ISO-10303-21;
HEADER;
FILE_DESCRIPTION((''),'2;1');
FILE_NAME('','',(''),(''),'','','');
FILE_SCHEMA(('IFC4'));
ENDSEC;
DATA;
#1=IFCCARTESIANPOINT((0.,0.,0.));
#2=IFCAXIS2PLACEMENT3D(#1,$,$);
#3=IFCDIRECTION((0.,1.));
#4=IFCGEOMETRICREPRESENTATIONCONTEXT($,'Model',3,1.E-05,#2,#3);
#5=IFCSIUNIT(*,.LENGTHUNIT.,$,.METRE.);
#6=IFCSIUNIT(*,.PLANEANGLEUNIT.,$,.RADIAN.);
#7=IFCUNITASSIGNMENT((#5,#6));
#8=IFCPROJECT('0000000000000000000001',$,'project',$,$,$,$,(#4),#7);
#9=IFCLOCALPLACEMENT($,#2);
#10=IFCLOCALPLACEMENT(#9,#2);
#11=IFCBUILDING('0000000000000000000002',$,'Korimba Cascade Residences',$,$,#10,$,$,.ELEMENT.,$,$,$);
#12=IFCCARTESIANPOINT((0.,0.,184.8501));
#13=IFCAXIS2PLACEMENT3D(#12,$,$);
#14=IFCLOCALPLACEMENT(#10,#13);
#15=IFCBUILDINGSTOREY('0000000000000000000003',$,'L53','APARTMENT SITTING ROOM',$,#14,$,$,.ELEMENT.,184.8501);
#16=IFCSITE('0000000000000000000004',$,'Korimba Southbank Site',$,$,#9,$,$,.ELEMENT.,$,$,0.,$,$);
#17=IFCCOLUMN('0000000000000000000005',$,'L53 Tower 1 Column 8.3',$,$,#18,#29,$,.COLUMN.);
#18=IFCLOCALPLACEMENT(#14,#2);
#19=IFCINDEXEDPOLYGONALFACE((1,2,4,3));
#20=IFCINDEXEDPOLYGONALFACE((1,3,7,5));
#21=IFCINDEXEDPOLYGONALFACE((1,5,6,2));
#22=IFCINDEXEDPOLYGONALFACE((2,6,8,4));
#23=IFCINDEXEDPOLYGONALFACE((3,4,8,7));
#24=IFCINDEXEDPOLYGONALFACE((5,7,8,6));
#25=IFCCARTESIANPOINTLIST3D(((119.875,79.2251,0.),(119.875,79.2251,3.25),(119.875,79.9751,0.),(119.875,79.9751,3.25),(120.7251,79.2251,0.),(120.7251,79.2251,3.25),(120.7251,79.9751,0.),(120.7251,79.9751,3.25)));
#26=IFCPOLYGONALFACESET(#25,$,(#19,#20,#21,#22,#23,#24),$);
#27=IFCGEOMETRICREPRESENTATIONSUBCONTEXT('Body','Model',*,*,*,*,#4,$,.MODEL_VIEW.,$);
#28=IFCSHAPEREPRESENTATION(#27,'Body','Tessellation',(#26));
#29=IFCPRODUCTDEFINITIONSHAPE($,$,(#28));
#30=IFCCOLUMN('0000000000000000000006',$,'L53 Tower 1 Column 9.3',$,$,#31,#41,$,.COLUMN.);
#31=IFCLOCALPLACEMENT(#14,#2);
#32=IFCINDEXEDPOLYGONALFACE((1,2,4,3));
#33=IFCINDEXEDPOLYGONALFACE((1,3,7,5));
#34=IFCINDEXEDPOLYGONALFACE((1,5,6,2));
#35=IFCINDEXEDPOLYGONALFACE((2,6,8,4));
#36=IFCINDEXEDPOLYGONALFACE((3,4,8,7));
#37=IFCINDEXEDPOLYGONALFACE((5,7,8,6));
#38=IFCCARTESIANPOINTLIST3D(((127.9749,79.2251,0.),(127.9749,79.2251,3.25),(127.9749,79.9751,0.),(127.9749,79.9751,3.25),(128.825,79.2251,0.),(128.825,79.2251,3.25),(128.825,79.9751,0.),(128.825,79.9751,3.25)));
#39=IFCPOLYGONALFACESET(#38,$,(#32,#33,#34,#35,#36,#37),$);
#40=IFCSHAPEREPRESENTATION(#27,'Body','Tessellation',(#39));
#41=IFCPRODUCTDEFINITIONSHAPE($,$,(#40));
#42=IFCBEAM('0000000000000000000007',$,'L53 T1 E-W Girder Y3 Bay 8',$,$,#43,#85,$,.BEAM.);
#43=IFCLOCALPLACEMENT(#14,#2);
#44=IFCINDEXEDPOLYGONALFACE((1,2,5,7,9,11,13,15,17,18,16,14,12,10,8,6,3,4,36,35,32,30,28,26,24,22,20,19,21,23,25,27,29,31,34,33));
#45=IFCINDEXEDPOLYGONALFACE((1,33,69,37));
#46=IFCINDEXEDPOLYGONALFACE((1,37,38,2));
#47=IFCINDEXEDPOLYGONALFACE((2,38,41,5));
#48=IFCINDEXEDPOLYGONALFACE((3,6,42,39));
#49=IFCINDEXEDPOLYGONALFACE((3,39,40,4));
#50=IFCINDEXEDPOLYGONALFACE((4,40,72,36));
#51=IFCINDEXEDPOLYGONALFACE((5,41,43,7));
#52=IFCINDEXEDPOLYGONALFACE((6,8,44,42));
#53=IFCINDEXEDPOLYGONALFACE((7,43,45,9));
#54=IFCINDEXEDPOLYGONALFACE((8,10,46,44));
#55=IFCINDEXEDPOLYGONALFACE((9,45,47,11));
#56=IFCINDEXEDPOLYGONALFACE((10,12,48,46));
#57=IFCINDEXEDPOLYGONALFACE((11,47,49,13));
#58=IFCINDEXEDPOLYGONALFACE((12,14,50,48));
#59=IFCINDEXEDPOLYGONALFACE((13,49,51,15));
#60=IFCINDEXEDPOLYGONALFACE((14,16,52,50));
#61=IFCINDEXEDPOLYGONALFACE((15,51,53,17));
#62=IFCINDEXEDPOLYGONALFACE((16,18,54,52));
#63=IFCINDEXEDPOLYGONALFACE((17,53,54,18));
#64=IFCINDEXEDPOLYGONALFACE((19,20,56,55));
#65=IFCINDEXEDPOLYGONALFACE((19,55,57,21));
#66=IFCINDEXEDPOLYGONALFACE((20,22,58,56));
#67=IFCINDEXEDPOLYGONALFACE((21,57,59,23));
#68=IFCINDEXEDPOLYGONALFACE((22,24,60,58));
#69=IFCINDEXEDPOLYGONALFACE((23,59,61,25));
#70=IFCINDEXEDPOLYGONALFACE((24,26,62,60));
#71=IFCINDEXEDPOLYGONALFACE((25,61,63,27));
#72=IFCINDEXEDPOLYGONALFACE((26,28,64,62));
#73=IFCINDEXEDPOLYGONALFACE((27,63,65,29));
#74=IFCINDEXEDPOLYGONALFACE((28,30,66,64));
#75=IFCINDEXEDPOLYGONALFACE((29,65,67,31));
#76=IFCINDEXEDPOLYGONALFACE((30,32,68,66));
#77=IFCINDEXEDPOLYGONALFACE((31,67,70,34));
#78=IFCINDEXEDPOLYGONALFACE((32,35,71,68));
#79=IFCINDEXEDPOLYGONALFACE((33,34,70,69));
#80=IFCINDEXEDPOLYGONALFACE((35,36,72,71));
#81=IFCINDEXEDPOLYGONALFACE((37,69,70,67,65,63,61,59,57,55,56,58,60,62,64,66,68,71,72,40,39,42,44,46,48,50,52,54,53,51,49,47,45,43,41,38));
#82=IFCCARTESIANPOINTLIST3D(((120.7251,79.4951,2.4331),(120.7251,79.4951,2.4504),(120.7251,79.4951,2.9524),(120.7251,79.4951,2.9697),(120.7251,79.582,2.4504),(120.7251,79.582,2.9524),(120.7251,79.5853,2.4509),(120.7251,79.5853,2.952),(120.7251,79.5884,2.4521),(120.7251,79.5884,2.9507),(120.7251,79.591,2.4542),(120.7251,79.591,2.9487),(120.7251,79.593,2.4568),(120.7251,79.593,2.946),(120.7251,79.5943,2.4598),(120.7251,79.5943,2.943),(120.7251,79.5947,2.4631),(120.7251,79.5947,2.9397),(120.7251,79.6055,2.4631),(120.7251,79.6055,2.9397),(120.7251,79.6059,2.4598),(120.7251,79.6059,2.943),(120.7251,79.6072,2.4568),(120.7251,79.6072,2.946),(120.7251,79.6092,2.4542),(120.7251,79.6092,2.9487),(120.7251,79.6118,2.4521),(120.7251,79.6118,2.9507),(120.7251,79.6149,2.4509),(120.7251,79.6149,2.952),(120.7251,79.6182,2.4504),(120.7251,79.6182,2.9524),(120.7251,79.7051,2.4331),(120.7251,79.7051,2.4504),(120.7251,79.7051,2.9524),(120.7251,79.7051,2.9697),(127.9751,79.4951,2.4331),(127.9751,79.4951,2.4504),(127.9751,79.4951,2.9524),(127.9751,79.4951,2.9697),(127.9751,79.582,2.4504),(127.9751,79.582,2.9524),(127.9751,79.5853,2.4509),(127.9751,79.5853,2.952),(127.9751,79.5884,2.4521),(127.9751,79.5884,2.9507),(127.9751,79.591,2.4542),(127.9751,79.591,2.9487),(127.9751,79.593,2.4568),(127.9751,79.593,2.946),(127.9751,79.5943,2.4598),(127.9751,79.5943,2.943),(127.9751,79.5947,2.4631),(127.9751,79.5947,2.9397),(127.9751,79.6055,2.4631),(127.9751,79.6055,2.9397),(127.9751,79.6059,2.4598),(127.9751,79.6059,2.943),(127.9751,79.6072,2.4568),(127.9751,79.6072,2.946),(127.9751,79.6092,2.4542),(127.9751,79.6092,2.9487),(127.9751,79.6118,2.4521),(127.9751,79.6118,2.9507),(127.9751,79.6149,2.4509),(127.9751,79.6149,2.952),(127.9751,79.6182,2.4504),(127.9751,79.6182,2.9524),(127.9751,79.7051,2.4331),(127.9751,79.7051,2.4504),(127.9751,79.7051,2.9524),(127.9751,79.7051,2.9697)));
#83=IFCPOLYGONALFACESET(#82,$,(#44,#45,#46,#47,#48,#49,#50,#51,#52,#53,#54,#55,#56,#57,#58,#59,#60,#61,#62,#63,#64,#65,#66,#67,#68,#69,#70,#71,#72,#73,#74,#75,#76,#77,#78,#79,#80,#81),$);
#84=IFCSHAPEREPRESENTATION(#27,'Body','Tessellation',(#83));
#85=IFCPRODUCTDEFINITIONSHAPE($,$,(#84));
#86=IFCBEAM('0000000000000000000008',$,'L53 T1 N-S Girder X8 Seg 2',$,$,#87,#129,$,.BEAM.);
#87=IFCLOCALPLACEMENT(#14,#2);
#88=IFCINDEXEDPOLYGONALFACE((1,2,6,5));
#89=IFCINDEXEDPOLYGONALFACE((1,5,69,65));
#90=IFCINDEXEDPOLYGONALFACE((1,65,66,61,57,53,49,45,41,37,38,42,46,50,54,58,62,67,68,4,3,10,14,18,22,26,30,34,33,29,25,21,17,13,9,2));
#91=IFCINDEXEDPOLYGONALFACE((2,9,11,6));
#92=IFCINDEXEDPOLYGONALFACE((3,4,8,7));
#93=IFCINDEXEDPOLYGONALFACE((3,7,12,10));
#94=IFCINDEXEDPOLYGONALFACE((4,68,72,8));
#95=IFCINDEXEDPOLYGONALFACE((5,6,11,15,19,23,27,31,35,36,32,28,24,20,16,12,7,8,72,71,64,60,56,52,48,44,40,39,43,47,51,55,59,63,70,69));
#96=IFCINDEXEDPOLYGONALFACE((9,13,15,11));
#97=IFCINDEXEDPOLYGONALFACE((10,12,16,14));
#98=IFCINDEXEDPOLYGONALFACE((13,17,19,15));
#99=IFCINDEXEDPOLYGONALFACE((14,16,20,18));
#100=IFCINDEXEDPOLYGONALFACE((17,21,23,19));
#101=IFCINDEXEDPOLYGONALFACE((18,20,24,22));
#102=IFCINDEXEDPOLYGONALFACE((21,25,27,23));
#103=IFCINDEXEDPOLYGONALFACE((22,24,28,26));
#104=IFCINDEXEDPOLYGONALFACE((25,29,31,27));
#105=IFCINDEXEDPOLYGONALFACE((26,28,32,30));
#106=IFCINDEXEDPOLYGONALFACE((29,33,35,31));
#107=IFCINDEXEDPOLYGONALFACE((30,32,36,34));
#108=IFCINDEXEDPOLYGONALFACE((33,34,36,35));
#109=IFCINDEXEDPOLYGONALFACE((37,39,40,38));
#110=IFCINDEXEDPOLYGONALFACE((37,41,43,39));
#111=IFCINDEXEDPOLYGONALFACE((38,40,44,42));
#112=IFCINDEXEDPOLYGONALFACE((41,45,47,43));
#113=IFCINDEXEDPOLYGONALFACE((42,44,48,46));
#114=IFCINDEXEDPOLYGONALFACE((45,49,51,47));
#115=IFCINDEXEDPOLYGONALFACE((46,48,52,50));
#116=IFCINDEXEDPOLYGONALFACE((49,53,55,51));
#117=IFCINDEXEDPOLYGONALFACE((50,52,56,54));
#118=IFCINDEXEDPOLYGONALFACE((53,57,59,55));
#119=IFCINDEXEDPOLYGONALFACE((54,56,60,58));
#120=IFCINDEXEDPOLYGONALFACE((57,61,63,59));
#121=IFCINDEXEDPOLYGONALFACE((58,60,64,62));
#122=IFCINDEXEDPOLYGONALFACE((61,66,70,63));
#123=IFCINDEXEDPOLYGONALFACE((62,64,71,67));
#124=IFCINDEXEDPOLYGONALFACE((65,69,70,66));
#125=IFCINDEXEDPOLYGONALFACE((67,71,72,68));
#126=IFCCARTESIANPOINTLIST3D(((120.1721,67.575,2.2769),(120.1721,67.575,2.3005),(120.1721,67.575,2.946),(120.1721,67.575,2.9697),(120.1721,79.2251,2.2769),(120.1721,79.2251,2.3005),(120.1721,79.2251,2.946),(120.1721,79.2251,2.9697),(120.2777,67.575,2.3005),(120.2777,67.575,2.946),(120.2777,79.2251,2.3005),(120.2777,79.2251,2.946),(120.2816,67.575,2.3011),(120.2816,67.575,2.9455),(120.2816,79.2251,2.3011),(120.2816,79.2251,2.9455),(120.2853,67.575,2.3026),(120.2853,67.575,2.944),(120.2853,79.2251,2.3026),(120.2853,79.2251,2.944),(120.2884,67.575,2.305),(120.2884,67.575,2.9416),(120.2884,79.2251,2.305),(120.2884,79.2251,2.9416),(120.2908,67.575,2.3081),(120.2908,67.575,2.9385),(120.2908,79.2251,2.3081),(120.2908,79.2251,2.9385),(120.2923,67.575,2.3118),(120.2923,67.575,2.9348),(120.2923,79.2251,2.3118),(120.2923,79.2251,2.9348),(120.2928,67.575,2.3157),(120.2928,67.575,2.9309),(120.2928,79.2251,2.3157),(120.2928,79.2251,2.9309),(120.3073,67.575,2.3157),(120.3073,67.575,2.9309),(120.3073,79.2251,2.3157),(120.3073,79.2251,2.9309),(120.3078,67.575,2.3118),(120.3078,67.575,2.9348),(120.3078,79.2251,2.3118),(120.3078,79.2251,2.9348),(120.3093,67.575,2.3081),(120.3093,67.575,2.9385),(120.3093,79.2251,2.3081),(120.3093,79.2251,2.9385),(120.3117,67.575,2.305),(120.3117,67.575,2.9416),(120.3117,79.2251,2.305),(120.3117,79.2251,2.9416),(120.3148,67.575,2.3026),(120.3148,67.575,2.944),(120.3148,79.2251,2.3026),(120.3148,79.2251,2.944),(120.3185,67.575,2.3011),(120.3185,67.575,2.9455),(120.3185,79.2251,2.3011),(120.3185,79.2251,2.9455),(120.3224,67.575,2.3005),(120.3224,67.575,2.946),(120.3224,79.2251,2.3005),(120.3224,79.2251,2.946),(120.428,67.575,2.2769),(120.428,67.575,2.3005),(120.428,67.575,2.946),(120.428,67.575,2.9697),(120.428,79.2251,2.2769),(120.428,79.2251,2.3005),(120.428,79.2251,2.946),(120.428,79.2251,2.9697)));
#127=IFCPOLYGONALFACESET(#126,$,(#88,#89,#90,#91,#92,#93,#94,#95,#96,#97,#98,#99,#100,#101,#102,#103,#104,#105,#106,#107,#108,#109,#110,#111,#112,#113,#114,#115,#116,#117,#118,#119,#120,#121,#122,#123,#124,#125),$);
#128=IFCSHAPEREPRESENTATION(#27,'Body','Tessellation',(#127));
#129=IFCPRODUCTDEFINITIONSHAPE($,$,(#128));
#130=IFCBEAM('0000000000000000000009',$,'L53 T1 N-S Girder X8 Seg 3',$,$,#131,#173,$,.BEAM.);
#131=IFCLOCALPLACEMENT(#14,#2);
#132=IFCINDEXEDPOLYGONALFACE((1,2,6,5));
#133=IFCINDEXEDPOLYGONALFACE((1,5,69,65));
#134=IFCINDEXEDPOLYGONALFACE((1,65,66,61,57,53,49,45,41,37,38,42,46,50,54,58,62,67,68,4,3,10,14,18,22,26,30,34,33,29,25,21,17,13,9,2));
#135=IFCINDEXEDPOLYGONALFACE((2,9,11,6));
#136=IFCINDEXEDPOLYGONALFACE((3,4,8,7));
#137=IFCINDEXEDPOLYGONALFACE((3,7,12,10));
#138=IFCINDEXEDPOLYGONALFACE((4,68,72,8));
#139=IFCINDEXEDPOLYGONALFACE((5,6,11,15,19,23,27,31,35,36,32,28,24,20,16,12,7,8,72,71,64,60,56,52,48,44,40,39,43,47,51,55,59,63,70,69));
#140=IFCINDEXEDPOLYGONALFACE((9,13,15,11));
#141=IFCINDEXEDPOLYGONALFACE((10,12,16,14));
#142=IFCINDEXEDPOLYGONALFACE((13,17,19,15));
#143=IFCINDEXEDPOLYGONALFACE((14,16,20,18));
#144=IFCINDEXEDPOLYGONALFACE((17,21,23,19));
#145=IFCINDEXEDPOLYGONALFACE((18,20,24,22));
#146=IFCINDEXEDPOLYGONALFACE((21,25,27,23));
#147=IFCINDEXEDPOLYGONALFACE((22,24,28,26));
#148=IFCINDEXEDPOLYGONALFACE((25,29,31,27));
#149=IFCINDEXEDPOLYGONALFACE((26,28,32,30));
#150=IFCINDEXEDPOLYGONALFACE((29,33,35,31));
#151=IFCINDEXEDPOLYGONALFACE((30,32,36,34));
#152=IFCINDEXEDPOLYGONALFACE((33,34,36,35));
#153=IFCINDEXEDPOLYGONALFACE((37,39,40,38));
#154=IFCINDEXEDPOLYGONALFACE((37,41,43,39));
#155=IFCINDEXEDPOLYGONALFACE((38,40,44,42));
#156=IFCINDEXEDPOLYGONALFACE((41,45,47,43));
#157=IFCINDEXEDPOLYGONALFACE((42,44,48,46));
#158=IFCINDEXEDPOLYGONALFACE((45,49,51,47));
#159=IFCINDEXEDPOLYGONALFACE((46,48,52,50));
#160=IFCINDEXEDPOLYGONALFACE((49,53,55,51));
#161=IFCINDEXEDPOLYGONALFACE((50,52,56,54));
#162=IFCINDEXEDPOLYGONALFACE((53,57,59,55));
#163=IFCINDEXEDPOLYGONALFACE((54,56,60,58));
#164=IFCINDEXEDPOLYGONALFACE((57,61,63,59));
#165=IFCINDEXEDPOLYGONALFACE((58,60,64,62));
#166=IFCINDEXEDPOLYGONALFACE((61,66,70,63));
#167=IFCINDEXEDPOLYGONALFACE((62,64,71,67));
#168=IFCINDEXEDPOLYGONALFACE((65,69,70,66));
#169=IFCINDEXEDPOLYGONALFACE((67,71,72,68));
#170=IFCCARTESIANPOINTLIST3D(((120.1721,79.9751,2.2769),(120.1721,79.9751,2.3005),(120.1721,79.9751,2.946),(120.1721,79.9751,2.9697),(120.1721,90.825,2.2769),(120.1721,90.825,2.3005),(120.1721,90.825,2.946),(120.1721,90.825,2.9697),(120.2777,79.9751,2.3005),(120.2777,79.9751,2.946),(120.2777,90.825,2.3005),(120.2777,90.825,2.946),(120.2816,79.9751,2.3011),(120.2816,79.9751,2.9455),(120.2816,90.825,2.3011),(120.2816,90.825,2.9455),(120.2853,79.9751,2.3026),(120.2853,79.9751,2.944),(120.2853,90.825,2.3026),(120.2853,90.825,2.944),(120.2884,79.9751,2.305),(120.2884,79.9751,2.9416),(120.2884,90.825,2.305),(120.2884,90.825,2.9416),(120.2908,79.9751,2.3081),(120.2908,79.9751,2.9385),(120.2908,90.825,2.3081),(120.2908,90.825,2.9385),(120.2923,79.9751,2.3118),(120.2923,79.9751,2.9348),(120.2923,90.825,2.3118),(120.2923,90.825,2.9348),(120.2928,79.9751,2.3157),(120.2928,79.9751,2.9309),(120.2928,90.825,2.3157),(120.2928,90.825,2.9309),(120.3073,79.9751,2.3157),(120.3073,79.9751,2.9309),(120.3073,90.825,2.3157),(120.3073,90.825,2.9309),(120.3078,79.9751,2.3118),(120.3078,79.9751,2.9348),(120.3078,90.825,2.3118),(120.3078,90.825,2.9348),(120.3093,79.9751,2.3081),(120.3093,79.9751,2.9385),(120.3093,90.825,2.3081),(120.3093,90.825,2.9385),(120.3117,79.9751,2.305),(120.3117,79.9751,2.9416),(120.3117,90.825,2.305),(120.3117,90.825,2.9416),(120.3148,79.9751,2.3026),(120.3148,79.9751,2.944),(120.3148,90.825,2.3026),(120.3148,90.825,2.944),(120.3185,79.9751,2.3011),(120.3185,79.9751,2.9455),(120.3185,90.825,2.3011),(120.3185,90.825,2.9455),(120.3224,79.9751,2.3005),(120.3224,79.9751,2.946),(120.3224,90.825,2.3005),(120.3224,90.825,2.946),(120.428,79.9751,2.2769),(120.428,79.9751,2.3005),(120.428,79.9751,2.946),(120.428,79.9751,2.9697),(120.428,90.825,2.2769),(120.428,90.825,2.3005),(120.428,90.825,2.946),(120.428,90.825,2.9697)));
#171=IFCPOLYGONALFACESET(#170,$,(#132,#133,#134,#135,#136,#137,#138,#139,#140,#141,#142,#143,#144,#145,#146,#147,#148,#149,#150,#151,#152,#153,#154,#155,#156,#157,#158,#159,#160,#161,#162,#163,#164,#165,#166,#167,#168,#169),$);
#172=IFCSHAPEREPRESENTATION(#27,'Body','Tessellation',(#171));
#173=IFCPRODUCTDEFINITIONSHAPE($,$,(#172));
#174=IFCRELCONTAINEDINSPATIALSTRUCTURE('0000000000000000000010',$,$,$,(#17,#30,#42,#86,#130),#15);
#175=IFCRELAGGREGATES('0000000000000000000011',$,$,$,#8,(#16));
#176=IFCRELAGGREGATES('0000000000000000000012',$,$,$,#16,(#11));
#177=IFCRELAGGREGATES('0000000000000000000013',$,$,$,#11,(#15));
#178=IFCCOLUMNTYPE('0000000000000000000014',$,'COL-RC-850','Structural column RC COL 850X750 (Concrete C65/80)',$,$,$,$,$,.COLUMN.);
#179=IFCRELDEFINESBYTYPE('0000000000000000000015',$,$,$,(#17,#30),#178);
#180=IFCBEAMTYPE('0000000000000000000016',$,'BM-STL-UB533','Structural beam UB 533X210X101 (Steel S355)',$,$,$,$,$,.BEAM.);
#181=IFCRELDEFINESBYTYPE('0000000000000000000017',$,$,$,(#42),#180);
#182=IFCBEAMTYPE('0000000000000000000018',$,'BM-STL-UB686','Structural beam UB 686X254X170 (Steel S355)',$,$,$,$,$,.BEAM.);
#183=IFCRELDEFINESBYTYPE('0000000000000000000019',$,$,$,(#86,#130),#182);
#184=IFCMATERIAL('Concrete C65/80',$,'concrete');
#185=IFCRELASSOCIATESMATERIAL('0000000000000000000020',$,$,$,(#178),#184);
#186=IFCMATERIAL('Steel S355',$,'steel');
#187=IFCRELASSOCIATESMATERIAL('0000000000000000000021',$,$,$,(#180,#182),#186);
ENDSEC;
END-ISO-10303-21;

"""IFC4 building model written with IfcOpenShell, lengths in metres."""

from ifc_helpers import new_model, si_unit, direction, frame, origin, origin_2d, place, context, subcontext, project, spatial, rectangle, i_section, extrude, material, material_profile, profile_set, type_object, element, save


model = new_model("IFC4")

# Units and contexts
model_context = context("Model", 3, precision=1e-05, world=origin(), true_north=direction((0.0, 1.0)))
body_context = subcontext(model_context, "Body", "Model", "MODEL_VIEW")
ifc_project = project(units=[si_unit("LENGTHUNIT", "METRE"), si_unit("PLANEANGLEUNIT", "RADIAN")], contexts=[model_context])

# Site, building, storey
site_placement = place(None, origin())
site = spatial("IfcSite", under=ifc_project, at=site_placement, Name="Korimba Southbank Site", CompositionType="ELEMENT", RefElevation=0.0)
building_placement = place(site_placement, origin())
building = spatial("IfcBuilding", under=site, at=building_placement, Name="Korimba Cascade Residences", CompositionType="ELEMENT")
storey_placement = place(building_placement, frame((0.0, 0.0, 184.8501)))
storey = spatial("IfcBuildingStorey", under=building, at=storey_placement, Name="L53", Description="APARTMENT SITTING ROOM", CompositionType="ELEMENT", Elevation=184.8501)

# Columns
ifc_material_1 = material(Name="Concrete C65/80", Category="concrete")
ifc_material_profile_1 = material_profile(ifc_material_1, rectangle(XDim=0.8501, YDim=0.75, at=origin_2d()), Name="Concrete C65/80")
ifc_profile_set_1 = profile_set([ifc_material_profile_1], Name="Concrete C65/80")
column_type = type_object("IfcColumnType", Name="COL-RC-850", Description="Structural column RC COL 850X750 (Concrete C65/80)", PredefinedType="COLUMN", material=ifc_profile_set_1)
for number, where, z_axis, x_axis, name in (
    (1, (120.3, 79.6001, 0.0), (0.0, 0.0, 1.0), (1.0, 0.0, 0.0), "L53 Tower 1 Column 8.3"),
    (2, (128.3999, 79.6001, 0.0), (0.0, 0.0, 1.0), (1.0, 0.0, 0.0), "L53 Tower 1 Column 9.3"),
):
    element("IfcColumn", number, at=place(storey_placement, frame(where, z_axis=z_axis, x_axis=x_axis)), inside=storey, type_object=column_type, Name=name, PredefinedType="COLUMN", context=body_context, shape_type="SweptSolid", body=[
        extrude(rectangle(XDim=0.8501, YDim=0.75, at=origin_2d()), origin(), (0.0, 0.0, 1.0), 3.25),
    ])

# Beams
ifc_material_2 = material(Name="Steel S355", Category="steel")
ifc_material_profile_2 = material_profile(ifc_material_2, i_section(OverallWidth=0.21, OverallDepth=0.5366, WebThickness=0.0107, FlangeThickness=0.0173, FilletRadius=0.0127, at=origin_2d()), Name="Steel S355")
ifc_profile_set_2 = profile_set([ifc_material_profile_2], Name="Steel S355")
beam_type_1 = type_object("IfcBeamType", Name="BM-STL-UB533", Description="Structural beam UB 533X210X101 (Steel S355)", PredefinedType="BEAM", material=ifc_profile_set_2)
beam_1_placement = place(storey_placement, frame((120.7251, 79.6001, 2.7014), z_axis=(1.0, 0.0, 0.0), x_axis=(0.0, 1.0, 0.0)))
element("IfcBeam", 3, at=beam_1_placement, inside=storey, type_object=beam_type_1, Name="L53 T1 E-W Girder Y3 Bay 8", PredefinedType="BEAM", context=body_context, shape_type="SweptSolid", body=[
    extrude(i_section(OverallWidth=0.21, OverallDepth=0.5366, WebThickness=0.0107, FlangeThickness=0.0173, FilletRadius=0.0127, at=origin_2d()), origin(), (0.0, 0.0, 1.0), 7.25),
])
ifc_material_profile_3 = material_profile(ifc_material_2, i_section(OverallWidth=0.2559, OverallDepth=0.6929, WebThickness=0.0144, FlangeThickness=0.0237, FilletRadius=0.0151, at=origin_2d()), Name="Steel S355")
ifc_profile_set_3 = profile_set([ifc_material_profile_3], Name="Steel S355")
beam_type_2 = type_object("IfcBeamType", Name="BM-STL-UB686", Description="Structural beam UB 686X254X170 (Steel S355)", PredefinedType="BEAM", material=ifc_profile_set_3)
beam_2_placement = place(storey_placement, frame((120.3, 67.575, 2.6233), z_axis=(0.0, 1.0, 0.0), x_axis=(-1.0, 0.0, 0.0)))
element("IfcBeam", 4, at=beam_2_placement, inside=storey, type_object=beam_type_2, Name="L53 T1 N-S Girder X8 Seg 2", PredefinedType="BEAM", context=body_context, shape_type="SweptSolid", body=[
    extrude(i_section(OverallWidth=0.2559, OverallDepth=0.6929, WebThickness=0.0144, FlangeThickness=0.0237, FilletRadius=0.0151, at=origin_2d()), origin(), (0.0, 0.0, 1.0), 11.6501),
])
beam_3_placement = place(storey_placement, frame((120.3, 79.9751, 2.6233), z_axis=(0.0, 1.0, 0.0), x_axis=(-1.0, 0.0, 0.0)))
element("IfcBeam", 5, at=beam_3_placement, inside=storey, type_object=beam_type_2, Name="L53 T1 N-S Girder X8 Seg 3", PredefinedType="BEAM", context=body_context, shape_type="SweptSolid", body=[
    extrude(i_section(OverallWidth=0.2559, OverallDepth=0.6929, WebThickness=0.0144, FlangeThickness=0.0237, FilletRadius=0.0151, at=origin_2d()), origin(), (0.0, 0.0, 1.0), 10.8499),
])

save(model, "model.ifc")
